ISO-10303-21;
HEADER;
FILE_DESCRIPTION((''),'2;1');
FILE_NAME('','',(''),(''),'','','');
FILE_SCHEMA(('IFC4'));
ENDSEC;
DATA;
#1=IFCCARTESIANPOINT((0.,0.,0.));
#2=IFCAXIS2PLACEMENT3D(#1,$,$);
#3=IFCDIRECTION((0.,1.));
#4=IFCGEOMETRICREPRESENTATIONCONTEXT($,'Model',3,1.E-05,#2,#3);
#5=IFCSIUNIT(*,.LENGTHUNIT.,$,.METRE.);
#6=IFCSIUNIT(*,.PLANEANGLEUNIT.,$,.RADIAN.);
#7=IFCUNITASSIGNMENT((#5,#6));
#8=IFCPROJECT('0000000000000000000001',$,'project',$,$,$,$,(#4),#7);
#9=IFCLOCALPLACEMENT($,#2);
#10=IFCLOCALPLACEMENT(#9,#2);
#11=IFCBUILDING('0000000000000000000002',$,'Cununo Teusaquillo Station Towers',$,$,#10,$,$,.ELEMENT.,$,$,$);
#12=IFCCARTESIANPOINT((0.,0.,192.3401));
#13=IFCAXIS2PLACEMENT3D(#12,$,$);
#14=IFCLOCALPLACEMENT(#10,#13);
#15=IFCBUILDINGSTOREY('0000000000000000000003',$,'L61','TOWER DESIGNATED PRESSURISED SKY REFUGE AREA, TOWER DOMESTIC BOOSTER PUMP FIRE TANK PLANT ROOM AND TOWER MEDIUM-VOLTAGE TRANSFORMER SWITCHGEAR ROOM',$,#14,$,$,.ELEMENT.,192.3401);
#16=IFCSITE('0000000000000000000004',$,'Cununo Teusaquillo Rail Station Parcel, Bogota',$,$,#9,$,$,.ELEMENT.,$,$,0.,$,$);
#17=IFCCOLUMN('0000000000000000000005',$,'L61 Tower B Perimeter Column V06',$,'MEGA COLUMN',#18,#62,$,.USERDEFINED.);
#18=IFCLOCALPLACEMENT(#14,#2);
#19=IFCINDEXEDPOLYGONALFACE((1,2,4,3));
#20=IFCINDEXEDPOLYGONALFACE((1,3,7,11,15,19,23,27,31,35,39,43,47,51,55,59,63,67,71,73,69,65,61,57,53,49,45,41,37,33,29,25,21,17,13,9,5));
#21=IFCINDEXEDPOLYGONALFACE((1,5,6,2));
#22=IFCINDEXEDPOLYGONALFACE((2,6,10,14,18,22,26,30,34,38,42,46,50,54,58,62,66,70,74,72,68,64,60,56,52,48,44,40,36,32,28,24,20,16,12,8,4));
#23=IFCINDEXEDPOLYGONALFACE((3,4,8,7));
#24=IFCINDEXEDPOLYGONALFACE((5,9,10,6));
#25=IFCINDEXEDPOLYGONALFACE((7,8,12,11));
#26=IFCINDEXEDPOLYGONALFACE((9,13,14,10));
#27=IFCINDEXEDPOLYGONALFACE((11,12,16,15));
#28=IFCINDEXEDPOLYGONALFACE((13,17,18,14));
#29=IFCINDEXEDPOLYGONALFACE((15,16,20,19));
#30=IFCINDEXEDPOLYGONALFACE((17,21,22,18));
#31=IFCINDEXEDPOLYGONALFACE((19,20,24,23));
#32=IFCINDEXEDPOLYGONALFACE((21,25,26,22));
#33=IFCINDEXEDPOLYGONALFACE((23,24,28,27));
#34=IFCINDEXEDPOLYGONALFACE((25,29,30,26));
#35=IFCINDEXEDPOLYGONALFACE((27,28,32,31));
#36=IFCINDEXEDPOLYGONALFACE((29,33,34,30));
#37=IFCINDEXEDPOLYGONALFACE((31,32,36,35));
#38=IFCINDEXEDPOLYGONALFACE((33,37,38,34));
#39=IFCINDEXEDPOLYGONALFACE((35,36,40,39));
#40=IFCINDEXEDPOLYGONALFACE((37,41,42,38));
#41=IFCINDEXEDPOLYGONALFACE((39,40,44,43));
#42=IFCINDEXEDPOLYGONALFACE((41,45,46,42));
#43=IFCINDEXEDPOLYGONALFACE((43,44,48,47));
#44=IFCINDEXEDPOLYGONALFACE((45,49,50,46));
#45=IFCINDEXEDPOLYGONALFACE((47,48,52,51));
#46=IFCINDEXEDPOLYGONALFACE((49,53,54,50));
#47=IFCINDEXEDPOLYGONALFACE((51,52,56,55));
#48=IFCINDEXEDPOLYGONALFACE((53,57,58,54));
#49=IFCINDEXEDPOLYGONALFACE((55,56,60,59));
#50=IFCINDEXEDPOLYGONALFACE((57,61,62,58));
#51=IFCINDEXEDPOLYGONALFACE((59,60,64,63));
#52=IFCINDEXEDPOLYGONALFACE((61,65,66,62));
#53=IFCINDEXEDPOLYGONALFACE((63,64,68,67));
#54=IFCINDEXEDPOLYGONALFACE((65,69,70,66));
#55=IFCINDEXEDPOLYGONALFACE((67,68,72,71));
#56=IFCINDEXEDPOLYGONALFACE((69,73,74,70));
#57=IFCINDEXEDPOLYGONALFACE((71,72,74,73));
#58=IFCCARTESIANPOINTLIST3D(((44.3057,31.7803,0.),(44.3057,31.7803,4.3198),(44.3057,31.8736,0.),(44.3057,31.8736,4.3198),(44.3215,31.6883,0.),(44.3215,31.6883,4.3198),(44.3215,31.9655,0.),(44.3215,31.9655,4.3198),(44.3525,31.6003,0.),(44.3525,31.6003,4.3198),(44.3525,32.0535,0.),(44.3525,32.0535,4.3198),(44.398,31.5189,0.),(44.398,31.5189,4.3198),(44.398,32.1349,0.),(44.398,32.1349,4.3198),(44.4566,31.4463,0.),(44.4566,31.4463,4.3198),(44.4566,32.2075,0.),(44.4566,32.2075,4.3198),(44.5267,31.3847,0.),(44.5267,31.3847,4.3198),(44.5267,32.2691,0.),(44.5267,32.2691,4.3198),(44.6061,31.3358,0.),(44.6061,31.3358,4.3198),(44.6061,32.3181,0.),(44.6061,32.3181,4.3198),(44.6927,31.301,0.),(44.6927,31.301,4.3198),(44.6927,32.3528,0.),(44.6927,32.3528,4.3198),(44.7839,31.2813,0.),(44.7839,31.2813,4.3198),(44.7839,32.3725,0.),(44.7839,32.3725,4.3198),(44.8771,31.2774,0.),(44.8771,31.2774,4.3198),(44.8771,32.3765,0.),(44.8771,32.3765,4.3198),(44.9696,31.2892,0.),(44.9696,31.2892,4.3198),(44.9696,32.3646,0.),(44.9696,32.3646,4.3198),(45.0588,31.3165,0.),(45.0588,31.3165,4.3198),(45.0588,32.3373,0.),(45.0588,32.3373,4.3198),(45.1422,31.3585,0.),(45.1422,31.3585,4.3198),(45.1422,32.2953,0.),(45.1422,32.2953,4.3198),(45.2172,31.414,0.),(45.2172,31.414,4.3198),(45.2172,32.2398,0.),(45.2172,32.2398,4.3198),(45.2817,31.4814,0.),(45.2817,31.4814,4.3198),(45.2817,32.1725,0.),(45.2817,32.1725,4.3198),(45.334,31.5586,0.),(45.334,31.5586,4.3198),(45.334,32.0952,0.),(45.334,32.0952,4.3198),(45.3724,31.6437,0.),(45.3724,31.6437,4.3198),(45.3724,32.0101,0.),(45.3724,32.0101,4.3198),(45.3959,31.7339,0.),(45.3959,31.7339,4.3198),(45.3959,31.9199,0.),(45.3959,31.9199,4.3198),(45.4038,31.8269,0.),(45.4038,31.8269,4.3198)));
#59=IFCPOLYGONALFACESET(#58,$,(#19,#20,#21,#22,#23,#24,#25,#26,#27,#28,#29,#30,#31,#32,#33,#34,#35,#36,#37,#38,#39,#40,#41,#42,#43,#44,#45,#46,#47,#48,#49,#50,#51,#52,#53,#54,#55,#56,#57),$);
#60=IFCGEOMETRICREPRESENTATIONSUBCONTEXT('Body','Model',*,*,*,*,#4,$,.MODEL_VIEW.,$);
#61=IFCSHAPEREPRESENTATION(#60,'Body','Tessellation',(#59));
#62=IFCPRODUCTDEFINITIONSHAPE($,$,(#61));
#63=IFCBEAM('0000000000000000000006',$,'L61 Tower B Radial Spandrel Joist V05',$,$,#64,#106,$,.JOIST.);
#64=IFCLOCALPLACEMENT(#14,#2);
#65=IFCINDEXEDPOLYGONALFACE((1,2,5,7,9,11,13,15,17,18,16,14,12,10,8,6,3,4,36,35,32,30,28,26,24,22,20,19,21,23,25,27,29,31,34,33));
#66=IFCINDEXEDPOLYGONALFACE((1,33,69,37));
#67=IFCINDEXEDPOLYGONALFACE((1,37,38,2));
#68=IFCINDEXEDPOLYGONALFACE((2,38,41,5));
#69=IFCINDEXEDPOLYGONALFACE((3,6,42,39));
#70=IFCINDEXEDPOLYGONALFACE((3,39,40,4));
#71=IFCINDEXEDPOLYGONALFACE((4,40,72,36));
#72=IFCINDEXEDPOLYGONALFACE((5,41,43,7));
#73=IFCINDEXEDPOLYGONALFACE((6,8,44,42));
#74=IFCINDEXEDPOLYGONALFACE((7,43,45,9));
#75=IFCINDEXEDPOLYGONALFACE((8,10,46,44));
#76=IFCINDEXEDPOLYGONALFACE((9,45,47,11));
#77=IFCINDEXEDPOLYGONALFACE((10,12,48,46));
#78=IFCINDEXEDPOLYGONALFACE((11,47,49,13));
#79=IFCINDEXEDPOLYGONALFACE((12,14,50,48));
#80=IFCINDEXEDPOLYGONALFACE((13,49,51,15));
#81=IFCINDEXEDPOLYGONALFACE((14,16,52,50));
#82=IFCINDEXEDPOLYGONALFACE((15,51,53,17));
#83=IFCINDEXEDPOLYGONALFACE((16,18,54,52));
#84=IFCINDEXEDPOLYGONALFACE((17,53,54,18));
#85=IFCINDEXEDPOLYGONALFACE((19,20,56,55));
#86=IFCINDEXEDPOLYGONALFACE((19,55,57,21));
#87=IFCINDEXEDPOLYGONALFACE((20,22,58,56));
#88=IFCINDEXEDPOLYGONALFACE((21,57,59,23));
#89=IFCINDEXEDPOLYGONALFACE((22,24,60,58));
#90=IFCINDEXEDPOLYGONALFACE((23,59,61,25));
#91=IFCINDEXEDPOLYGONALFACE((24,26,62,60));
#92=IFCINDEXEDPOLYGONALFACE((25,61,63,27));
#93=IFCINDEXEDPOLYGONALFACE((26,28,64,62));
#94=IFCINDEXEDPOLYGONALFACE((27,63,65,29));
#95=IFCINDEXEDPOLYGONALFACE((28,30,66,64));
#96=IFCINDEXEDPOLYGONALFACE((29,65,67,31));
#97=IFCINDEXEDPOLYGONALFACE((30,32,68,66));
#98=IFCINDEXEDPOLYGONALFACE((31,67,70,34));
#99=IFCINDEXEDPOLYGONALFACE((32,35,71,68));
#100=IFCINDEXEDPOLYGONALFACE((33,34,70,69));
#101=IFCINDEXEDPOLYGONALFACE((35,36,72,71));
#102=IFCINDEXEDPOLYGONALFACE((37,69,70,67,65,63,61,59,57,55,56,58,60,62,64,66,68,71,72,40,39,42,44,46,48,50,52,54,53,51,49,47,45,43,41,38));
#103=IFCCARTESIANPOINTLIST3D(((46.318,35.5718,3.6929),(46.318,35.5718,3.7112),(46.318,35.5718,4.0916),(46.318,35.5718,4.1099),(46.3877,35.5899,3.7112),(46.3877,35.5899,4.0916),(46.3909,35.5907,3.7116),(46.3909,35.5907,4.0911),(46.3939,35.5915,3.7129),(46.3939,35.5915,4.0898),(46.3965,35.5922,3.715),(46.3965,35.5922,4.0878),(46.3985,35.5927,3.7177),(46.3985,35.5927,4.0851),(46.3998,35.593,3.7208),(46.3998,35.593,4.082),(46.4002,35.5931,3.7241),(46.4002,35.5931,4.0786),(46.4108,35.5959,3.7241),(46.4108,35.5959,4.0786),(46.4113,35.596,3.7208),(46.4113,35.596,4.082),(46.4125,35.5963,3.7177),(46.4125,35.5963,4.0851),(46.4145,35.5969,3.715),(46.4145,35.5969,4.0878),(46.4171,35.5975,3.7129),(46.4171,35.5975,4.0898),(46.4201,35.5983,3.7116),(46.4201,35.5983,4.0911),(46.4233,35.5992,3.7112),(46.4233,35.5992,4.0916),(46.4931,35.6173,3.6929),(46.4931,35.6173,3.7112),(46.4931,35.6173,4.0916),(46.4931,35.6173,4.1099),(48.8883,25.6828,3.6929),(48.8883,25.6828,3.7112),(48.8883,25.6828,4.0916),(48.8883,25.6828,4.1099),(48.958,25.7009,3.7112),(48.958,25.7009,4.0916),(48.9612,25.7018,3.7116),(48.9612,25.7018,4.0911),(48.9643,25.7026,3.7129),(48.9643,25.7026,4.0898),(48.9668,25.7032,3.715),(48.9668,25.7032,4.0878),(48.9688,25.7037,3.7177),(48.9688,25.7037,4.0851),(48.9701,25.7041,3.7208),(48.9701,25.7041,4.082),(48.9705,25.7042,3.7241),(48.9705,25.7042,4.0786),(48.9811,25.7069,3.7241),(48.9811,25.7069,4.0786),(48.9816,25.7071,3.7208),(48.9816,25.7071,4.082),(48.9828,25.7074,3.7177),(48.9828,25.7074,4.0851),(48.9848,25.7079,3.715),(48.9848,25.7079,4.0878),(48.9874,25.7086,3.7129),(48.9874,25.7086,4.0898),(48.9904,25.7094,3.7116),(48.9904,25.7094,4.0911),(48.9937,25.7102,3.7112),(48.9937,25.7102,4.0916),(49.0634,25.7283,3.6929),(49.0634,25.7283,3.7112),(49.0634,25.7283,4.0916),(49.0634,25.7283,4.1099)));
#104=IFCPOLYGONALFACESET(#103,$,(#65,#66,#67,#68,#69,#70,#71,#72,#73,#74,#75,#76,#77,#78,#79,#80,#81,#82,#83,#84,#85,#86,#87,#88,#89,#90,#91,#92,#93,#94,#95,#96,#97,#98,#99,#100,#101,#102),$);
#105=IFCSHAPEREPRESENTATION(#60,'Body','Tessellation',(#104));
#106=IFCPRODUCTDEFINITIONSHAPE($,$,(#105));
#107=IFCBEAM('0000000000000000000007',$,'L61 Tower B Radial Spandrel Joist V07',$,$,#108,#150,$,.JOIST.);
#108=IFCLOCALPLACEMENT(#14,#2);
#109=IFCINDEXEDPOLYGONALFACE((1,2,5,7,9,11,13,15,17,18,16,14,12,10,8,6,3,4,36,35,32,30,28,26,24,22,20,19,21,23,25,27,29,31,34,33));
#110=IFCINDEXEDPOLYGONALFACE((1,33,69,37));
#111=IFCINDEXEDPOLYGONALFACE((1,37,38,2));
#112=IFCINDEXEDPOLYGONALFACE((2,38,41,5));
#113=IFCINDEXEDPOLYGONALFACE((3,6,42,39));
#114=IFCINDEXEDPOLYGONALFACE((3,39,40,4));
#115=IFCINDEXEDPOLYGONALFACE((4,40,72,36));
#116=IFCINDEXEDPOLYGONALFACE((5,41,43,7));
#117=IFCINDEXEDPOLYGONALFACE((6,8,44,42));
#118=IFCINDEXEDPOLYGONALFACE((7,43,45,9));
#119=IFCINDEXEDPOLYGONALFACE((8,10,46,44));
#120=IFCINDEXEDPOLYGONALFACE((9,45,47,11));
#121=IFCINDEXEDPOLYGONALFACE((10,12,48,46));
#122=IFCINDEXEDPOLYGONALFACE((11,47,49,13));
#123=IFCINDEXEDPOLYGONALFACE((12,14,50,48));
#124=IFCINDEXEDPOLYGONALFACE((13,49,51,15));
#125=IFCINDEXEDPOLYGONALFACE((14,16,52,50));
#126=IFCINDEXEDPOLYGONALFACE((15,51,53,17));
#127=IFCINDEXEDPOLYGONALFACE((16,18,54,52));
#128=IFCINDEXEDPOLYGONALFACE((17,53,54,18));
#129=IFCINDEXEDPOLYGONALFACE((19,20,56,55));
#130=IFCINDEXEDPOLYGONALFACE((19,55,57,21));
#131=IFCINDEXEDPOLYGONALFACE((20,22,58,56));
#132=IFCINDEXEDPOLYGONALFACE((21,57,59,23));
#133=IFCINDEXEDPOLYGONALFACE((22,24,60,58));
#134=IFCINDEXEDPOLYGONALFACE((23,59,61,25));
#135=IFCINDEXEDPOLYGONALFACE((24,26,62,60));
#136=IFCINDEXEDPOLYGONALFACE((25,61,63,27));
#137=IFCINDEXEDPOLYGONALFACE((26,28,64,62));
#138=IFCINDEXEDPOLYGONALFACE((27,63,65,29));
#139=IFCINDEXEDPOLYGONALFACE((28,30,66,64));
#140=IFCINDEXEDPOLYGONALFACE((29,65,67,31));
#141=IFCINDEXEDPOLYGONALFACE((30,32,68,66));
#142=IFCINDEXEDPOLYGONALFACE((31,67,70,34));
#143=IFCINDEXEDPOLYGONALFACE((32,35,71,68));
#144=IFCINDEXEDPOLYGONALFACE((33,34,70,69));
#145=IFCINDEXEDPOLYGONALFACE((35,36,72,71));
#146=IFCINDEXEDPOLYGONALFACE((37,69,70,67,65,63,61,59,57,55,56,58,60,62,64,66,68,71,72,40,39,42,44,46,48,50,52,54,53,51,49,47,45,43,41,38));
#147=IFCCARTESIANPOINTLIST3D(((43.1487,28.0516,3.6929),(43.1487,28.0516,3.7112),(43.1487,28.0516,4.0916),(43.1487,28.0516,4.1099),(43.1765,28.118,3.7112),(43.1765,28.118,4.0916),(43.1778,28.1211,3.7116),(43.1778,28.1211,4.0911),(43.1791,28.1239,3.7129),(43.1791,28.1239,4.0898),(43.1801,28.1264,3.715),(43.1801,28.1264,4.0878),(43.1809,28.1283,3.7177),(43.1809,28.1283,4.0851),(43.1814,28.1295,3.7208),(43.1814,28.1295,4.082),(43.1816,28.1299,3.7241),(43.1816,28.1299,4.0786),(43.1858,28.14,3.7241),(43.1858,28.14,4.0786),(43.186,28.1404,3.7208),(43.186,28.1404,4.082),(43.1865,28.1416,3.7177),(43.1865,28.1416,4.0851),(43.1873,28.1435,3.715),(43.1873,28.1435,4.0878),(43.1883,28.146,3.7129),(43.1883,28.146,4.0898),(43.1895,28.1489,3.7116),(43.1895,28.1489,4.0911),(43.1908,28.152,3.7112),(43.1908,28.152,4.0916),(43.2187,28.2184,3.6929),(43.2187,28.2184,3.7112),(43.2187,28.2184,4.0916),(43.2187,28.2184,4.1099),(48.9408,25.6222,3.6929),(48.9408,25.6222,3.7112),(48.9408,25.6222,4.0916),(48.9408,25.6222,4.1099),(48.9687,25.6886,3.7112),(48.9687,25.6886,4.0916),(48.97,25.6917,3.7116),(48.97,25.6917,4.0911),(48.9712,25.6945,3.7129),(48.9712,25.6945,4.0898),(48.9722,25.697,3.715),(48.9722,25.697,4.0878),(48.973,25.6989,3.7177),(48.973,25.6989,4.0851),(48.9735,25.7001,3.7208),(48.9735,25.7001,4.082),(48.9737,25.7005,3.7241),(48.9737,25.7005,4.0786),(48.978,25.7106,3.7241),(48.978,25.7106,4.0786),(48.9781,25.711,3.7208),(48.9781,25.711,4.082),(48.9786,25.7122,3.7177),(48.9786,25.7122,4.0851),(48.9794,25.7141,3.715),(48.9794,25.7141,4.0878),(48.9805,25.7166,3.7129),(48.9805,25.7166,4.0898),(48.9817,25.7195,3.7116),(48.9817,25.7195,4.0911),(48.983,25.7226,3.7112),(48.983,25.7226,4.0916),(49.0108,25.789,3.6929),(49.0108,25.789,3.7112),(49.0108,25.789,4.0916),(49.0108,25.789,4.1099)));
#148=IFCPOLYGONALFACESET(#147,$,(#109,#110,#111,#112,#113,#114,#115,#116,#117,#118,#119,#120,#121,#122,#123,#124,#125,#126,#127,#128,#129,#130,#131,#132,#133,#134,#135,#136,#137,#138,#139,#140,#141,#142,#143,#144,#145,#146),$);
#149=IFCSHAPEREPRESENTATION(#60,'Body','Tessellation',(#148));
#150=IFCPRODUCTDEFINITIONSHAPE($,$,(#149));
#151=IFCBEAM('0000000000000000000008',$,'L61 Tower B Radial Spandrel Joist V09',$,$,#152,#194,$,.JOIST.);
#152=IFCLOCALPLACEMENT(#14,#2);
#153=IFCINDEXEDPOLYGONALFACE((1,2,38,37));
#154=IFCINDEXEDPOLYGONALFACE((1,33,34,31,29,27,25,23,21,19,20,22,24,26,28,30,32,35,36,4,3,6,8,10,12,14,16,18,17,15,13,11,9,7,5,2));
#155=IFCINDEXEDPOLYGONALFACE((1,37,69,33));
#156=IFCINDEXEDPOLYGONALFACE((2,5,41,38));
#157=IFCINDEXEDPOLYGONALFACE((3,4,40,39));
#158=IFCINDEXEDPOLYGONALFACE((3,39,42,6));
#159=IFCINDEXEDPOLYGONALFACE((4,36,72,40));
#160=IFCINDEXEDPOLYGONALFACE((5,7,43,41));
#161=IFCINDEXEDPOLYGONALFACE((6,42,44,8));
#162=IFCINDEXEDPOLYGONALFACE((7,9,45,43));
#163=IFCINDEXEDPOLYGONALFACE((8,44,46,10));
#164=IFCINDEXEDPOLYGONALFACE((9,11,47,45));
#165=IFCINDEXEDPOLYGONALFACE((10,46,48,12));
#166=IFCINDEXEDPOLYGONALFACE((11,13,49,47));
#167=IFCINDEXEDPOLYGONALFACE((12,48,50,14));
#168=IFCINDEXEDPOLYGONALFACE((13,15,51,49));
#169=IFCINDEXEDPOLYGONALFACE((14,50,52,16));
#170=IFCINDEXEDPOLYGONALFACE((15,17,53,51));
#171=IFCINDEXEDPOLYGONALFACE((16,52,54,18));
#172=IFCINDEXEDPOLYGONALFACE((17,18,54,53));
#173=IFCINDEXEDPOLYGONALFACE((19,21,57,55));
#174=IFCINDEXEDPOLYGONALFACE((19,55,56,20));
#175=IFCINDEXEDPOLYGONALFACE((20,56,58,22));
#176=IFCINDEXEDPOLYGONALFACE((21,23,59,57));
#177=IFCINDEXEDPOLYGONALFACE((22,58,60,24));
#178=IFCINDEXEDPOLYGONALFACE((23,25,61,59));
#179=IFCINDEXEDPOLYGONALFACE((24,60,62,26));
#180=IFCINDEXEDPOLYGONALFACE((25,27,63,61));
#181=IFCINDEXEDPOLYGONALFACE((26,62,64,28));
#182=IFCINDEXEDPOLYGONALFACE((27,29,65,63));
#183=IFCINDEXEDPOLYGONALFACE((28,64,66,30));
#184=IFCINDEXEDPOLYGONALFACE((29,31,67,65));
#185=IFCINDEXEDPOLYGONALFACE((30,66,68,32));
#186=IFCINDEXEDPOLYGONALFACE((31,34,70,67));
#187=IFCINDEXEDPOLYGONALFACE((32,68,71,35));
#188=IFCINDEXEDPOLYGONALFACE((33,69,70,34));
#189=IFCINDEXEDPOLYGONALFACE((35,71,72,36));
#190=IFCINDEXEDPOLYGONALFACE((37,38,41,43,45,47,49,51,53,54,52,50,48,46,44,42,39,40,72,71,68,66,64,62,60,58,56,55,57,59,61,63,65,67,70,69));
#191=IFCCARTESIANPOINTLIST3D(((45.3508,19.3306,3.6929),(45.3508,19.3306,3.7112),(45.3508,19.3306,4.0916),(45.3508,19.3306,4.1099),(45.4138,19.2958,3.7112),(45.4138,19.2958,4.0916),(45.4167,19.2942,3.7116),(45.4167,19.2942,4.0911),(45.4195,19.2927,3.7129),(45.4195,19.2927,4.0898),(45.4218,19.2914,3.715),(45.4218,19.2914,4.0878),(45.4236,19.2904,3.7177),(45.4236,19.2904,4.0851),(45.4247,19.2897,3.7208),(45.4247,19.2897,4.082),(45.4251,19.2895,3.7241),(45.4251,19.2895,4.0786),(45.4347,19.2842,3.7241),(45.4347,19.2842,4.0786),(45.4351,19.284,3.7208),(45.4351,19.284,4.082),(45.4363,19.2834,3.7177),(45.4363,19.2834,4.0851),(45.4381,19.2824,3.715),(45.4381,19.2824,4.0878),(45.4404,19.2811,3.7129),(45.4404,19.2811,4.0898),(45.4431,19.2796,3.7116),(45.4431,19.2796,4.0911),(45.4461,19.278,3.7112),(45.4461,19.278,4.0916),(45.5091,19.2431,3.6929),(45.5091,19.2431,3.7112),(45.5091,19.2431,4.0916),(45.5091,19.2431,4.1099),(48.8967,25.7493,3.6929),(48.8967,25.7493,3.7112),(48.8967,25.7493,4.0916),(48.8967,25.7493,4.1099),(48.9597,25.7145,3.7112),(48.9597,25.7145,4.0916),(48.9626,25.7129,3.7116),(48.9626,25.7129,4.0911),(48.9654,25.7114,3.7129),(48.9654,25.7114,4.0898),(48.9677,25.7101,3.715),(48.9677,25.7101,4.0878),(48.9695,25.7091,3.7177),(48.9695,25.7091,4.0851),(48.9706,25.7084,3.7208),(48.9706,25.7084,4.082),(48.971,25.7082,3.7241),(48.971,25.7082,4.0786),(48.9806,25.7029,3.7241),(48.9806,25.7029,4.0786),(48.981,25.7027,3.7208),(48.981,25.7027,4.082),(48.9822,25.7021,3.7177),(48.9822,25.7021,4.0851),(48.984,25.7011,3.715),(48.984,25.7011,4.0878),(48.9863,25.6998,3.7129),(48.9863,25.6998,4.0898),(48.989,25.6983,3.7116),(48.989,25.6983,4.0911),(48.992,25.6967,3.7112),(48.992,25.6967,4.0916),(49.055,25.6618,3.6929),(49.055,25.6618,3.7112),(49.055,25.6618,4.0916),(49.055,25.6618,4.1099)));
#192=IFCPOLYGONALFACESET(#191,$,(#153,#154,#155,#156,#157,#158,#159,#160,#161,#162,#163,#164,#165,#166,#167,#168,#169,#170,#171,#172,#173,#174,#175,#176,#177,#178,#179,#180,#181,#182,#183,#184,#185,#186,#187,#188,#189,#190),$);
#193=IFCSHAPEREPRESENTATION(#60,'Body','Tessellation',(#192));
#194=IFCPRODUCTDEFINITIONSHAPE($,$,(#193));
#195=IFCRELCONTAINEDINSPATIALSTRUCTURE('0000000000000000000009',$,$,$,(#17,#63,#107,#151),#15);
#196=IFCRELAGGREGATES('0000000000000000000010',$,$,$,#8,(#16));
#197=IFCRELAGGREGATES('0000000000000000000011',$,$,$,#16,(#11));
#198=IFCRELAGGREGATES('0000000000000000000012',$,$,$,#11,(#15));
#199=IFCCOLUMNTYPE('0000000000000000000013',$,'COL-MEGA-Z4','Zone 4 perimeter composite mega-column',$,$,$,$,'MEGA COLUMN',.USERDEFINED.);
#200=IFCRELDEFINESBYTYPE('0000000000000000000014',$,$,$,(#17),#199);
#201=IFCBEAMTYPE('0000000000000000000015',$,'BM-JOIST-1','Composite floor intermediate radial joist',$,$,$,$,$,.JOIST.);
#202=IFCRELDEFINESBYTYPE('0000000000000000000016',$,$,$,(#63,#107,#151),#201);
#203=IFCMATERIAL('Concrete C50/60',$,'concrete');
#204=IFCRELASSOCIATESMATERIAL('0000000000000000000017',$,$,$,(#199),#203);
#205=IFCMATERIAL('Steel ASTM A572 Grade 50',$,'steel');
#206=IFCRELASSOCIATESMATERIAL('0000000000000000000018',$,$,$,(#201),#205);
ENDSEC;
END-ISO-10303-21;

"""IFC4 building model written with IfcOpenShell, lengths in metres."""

from ifc_helpers import new_model, si_unit, direction, frame, origin, origin_2d, place, context, subcontext, project, spatial, circle, i_section, extrude, material, material_profile, profile_set, type_object, element, save


model = new_model("IFC4")

# Units and contexts
model_context = context("Model", 3, precision=1e-05, world=origin(), true_north=direction((0.0, 1.0)))
body_context = subcontext(model_context, "Body", "Model", "MODEL_VIEW")
ifc_project = project(units=[si_unit("LENGTHUNIT", "METRE"), si_unit("PLANEANGLEUNIT", "RADIAN")], contexts=[model_context])

# Site, building, storey
site_placement = place(None, origin())
site = spatial("IfcSite", under=ifc_project, at=site_placement, Name="Cununo Teusaquillo Rail Station Parcel, Bogota", CompositionType="ELEMENT", RefElevation=0.0)
building_placement = place(site_placement, origin())
building = spatial("IfcBuilding", under=site, at=building_placement, Name="Cununo Teusaquillo Station Towers", CompositionType="ELEMENT")
storey_placement = place(building_placement, frame((0.0, 0.0, 192.3401)))
storey = spatial("IfcBuildingStorey", under=building, at=storey_placement, Name="L61", Description="TOWER DESIGNATED PRESSURISED SKY REFUGE AREA, TOWER DOMESTIC BOOSTER PUMP FIRE TANK PLANT ROOM AND TOWER MEDIUM-VOLTAGE TRANSFORMER SWITCHGEAR ROOM", CompositionType="ELEMENT", Elevation=192.3401)

# Column
ifc_material_1 = material(Name="Concrete C50/60", Category="concrete")
ifc_material_profile_1 = material_profile(ifc_material_1, circle(Radius=0.55, at=origin_2d()), Name="RC-CIRC-1100")
ifc_profile_set_1 = profile_set([ifc_material_profile_1], Name="Concrete C50/60")
column_type = type_object("IfcColumnType", Name="COL-MEGA-Z4", Description="Zone 4 perimeter composite mega-column", ElementType="MEGA COLUMN", PredefinedType="USERDEFINED", material=ifc_profile_set_1)
column_placement = place(storey_placement, frame((44.8538, 31.8269, 0.0), z_axis=(0.0, 0.0, 1.0), x_axis=(1.0, 0.0, 0.0)))
element("IfcColumn", 1, at=column_placement, inside=storey, type_object=column_type, Name="L61 Tower B Perimeter Column V06", ObjectType="MEGA COLUMN", PredefinedType="USERDEFINED", context=body_context, shape_type="SweptSolid", body=[
    extrude(circle(Radius=0.55, at=origin_2d()), origin(), (0.0, 0.0, 1.0), 4.3198),
])

# Beams
ifc_material_2 = material(Name="Steel ASTM A572 Grade 50", Category="steel")
ifc_material_profile_2 = material_profile(ifc_material_2, i_section(OverallWidth=0.1809, OverallDepth=0.417, WebThickness=0.011, FlangeThickness=0.0183, FilletRadius=0.0129, at=origin_2d()), Name="W16X57")
ifc_profile_set_2 = profile_set([ifc_material_profile_2], Name="Steel ASTM A572 Grade 50")
beam_type_1 = type_object("IfcBeamType", Name="BM-JOIST-1", Description="Composite floor intermediate radial joist", PredefinedType="JOIST", material=ifc_profile_set_2)
beam_1_placement = place(storey_placement, frame((48.9758, 25.7056, 3.9014), z_axis=(-0.25156, 0.967842, 0.0), x_axis=(-0.967842, -0.25156, 0.0)))
element("IfcBeam", 2, at=beam_1_placement, inside=storey, type_object=beam_type_1, Name="L61 Tower B Radial Spandrel Joist V05", PredefinedType="JOIST", context=body_context, shape_type="SweptSolid", body=[
    extrude(i_section(OverallWidth=0.1809, OverallDepth=0.417, WebThickness=0.011, FlangeThickness=0.0183, FilletRadius=0.0129, at=origin_2d()), origin(), (0.0, 0.0, 1.0), 10.2175),
])
beam_2_placement = place(storey_placement, frame((48.9758, 25.7056, 3.9014), z_axis=(-0.922169, 0.386786, 0.0), x_axis=(-0.386786, -0.922169, 0.0)))
element("IfcBeam", 3, at=beam_2_placement, inside=storey, type_object=beam_type_1, Name="L61 Tower B Radial Spandrel Joist V07", PredefinedType="JOIST", context=body_context, shape_type="SweptSolid", body=[
    extrude(i_section(OverallWidth=0.1809, OverallDepth=0.417, WebThickness=0.011, FlangeThickness=0.0183, FilletRadius=0.0129, at=origin_2d()), origin(), (0.0, 0.0, 1.0), 6.281),
])
beam_3_placement = place(storey_placement, frame((48.9758, 25.7056, 3.9014), z_axis=(-0.483553, -0.875315, 0.0), x_axis=(0.875315, -0.483553, 0.0)))
element("IfcBeam", 4, at=beam_3_placement, inside=storey, type_object=beam_type_1, Name="L61 Tower B Radial Spandrel Joist V09", PredefinedType="JOIST", context=body_context, shape_type="SweptSolid", body=[
    extrude(i_section(OverallWidth=0.1809, OverallDepth=0.417, WebThickness=0.011, FlangeThickness=0.0183, FilletRadius=0.0129, at=origin_2d()), origin(), (0.0, 0.0, 1.0), 7.333),
])

save(model, "model.ifc")
